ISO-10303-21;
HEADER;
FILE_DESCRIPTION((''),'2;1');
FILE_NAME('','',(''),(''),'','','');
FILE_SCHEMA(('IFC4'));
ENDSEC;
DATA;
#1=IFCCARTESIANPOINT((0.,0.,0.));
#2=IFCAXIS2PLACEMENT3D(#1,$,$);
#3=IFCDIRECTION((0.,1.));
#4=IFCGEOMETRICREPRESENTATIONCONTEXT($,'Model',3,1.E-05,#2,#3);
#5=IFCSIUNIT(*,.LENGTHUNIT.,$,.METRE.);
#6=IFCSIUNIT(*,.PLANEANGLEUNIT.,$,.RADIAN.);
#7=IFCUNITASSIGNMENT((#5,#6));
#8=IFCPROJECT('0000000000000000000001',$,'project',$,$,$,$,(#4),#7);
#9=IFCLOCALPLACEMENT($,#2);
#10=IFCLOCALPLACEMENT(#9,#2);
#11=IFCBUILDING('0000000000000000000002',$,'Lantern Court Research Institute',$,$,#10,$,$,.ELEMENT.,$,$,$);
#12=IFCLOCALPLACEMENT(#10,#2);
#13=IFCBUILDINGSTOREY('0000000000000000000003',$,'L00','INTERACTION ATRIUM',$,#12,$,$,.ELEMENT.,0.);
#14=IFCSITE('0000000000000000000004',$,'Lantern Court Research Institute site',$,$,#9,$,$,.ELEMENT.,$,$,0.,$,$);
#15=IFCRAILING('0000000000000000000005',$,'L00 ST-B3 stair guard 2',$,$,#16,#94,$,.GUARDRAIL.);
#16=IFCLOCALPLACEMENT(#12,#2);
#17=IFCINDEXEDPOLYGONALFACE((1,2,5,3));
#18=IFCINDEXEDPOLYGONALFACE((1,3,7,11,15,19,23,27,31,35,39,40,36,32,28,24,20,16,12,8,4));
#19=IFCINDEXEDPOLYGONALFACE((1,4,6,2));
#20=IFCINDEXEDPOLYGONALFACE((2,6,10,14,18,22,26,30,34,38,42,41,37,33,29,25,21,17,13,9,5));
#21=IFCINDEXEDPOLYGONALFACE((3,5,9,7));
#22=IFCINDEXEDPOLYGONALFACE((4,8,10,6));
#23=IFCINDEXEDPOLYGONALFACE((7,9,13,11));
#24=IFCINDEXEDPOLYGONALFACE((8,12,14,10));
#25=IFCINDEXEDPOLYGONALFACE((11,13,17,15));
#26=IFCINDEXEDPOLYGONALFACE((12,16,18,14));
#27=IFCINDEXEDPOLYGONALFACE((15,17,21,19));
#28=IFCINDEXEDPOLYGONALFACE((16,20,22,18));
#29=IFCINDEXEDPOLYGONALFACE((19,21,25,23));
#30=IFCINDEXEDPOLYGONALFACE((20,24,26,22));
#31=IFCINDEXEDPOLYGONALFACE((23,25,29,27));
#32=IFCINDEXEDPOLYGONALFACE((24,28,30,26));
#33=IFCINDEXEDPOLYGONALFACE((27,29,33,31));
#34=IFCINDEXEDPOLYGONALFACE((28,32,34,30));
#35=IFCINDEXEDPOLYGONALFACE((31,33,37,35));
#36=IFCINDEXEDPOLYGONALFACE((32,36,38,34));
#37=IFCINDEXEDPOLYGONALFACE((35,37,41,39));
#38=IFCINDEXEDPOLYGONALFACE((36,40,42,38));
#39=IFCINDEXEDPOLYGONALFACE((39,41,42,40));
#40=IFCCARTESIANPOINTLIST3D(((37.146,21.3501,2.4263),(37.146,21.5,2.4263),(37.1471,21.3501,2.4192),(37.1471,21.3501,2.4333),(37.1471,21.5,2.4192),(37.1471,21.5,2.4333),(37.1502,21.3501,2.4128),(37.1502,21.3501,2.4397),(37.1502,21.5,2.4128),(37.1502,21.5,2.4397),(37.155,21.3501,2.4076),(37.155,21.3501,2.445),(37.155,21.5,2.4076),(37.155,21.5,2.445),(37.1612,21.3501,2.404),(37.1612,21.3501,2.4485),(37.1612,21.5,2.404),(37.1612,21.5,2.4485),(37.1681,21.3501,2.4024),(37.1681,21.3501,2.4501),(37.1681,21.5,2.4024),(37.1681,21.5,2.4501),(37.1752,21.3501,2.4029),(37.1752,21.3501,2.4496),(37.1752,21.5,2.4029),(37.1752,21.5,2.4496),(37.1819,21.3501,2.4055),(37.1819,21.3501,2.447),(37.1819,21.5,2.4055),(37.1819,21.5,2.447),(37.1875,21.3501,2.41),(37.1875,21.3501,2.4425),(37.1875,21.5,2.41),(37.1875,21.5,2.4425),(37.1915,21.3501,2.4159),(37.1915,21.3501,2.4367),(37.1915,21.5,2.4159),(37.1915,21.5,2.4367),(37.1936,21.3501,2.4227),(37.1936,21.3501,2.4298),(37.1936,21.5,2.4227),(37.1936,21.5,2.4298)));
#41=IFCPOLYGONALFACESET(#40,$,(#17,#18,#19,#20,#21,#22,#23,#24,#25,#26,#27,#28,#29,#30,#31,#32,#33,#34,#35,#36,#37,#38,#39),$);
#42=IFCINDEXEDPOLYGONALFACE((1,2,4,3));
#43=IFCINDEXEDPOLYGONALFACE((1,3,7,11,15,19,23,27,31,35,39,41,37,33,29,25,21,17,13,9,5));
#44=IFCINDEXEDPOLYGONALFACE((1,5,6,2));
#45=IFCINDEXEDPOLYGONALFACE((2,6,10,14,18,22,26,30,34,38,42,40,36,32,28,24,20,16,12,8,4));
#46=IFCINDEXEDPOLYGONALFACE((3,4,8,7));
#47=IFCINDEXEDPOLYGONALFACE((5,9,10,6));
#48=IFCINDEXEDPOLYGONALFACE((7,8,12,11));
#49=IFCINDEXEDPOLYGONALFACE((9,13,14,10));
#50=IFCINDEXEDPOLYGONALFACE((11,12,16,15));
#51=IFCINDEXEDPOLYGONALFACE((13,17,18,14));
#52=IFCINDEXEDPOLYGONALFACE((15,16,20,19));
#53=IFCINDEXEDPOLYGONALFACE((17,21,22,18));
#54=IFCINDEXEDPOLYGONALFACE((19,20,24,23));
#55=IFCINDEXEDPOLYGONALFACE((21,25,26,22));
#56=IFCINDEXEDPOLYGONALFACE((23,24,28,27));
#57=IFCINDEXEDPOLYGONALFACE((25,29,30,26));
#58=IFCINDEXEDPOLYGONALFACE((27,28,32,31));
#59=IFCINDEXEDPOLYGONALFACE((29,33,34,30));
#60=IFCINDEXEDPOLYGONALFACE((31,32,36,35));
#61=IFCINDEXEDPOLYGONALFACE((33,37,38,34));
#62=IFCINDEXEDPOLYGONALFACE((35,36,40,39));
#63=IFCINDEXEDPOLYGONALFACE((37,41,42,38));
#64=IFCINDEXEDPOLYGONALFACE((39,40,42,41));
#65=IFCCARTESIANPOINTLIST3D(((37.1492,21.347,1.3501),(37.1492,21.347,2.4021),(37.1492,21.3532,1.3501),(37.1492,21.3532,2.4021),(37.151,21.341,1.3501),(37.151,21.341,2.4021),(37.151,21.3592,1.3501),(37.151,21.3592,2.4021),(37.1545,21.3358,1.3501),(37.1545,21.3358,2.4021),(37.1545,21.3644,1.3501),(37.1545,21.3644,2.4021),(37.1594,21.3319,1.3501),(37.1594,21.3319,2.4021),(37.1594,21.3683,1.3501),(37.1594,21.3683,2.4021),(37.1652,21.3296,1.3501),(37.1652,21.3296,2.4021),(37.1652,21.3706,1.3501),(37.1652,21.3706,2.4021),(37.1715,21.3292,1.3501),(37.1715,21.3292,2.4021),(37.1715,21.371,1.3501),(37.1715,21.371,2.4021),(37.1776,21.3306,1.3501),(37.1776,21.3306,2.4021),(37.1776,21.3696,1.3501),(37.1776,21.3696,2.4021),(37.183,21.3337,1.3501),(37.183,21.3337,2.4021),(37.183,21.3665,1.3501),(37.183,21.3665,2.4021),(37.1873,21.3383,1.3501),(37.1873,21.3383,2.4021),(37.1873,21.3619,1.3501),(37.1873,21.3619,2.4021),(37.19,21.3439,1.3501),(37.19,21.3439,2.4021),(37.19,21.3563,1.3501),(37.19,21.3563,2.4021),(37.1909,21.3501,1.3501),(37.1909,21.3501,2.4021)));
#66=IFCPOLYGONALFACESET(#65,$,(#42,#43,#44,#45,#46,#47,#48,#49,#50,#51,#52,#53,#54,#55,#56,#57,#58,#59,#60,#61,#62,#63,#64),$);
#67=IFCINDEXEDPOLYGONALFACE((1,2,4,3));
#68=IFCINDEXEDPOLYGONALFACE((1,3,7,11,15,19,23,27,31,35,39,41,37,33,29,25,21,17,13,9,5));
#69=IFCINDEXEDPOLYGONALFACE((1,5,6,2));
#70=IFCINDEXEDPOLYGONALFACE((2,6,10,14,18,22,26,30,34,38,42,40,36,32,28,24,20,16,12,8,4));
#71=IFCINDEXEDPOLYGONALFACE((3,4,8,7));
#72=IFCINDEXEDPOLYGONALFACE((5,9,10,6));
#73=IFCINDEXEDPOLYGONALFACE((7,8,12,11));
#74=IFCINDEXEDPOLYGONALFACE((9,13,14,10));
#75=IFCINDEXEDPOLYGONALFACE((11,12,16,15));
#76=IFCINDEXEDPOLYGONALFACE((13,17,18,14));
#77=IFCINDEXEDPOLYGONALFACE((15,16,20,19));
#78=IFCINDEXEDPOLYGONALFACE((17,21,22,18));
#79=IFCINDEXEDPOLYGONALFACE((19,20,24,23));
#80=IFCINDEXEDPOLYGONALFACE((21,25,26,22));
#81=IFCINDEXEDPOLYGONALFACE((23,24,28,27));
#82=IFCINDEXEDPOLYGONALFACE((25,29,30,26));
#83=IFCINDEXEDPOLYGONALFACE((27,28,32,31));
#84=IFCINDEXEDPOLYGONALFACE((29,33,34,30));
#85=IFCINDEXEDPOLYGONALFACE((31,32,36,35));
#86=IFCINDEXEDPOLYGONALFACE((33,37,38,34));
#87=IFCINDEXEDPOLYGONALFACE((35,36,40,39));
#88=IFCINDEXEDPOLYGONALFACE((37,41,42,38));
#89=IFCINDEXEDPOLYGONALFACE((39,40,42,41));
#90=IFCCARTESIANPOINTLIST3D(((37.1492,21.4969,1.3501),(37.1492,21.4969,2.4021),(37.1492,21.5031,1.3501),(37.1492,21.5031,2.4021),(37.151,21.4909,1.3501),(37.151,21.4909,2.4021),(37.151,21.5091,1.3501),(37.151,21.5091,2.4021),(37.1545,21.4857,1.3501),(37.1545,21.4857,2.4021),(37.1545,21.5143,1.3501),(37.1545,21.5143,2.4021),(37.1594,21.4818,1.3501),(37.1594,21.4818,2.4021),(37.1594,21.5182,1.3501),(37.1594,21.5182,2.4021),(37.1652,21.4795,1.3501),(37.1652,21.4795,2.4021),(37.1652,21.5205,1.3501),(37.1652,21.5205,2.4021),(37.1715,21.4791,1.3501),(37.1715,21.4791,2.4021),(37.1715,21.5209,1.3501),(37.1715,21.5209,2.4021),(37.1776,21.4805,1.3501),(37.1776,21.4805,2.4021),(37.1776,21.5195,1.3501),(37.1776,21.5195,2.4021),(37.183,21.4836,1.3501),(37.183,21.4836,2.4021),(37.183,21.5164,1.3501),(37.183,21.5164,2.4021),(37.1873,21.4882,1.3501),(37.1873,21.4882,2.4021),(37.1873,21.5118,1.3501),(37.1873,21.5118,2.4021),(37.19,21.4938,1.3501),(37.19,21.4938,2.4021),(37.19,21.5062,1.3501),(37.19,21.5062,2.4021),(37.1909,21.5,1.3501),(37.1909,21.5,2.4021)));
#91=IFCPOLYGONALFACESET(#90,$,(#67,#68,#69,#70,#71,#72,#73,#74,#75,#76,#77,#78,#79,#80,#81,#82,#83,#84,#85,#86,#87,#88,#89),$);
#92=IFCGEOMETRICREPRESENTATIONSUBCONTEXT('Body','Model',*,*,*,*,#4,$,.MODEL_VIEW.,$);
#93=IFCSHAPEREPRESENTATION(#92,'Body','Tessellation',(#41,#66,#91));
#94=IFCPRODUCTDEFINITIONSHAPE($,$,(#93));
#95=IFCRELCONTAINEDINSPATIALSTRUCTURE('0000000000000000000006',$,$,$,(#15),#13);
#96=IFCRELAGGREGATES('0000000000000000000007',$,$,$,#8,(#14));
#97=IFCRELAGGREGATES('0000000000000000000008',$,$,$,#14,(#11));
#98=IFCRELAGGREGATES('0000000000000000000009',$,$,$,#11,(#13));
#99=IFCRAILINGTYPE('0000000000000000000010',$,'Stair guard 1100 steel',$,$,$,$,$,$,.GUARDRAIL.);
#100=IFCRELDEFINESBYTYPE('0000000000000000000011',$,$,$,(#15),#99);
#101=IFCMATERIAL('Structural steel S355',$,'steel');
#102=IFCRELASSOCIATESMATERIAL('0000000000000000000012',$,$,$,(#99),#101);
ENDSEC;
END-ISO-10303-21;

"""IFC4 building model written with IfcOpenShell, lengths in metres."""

from ifc_helpers import new_model, si_unit, direction, frame, origin, origin_2d, place, context, subcontext, project, spatial, circle, extrude, material, type_object, element, save


model = new_model("IFC4")

# Units and contexts
model_context = context("Model", 3, precision=1e-05, world=origin(), true_north=direction((0.0, 1.0)))
body_context = subcontext(model_context, "Body", "Model", "MODEL_VIEW")
ifc_project = project(units=[si_unit("LENGTHUNIT", "METRE"), si_unit("PLANEANGLEUNIT", "RADIAN")], contexts=[model_context])

# Site, building, storey
site_placement = place(None, origin())
site = spatial("IfcSite", under=ifc_project, at=site_placement, Name="Lantern Court Research Institute site", CompositionType="ELEMENT", RefElevation=0.0)
building_placement = place(site_placement, origin())
building = spatial("IfcBuilding", under=site, at=building_placement, Name="Lantern Court Research Institute", CompositionType="ELEMENT")
storey_placement = place(building_placement, origin())
storey = spatial("IfcBuildingStorey", under=building, at=storey_placement, Name="L00", Description="INTERACTION ATRIUM", CompositionType="ELEMENT", Elevation=0.0)

# Railing
ifc_material_1 = material(Name="Structural steel S355", Category="steel")
railing_type_1 = type_object("IfcRailingType", Name="Stair guard 1100 steel", PredefinedType="GUARDRAIL", material=ifc_material_1)
railing_1_placement = place(storey_placement, frame((37.1699, 21.3501, 1.3501)))
element("IfcRailing", 1, at=railing_1_placement, inside=storey, type_object=railing_type_1, Name="L00 ST-B3 stair guard 2", PredefinedType="GUARDRAIL", context=body_context, shape_type="SweptSolid", body=[
    extrude(circle(Radius=0.0239, at=origin_2d()), frame((0.0, 0.0, 1.0762), z_axis=(0.0, 1.0, 0.0), x_axis=(-1.0, 0.0, 0.0)), (0.0, 0.0, 1.0), 0.1499),
    extrude(circle(Radius=0.021, at=origin_2d()), origin(), (0.0, 0.0, 1.0), 1.052),
    extrude(circle(Radius=0.021, at=origin_2d()), frame((0.0, 0.1499, 0.0)), (0.0, 0.0, 1.0), 1.052),
])

save(model, "model.ifc")
